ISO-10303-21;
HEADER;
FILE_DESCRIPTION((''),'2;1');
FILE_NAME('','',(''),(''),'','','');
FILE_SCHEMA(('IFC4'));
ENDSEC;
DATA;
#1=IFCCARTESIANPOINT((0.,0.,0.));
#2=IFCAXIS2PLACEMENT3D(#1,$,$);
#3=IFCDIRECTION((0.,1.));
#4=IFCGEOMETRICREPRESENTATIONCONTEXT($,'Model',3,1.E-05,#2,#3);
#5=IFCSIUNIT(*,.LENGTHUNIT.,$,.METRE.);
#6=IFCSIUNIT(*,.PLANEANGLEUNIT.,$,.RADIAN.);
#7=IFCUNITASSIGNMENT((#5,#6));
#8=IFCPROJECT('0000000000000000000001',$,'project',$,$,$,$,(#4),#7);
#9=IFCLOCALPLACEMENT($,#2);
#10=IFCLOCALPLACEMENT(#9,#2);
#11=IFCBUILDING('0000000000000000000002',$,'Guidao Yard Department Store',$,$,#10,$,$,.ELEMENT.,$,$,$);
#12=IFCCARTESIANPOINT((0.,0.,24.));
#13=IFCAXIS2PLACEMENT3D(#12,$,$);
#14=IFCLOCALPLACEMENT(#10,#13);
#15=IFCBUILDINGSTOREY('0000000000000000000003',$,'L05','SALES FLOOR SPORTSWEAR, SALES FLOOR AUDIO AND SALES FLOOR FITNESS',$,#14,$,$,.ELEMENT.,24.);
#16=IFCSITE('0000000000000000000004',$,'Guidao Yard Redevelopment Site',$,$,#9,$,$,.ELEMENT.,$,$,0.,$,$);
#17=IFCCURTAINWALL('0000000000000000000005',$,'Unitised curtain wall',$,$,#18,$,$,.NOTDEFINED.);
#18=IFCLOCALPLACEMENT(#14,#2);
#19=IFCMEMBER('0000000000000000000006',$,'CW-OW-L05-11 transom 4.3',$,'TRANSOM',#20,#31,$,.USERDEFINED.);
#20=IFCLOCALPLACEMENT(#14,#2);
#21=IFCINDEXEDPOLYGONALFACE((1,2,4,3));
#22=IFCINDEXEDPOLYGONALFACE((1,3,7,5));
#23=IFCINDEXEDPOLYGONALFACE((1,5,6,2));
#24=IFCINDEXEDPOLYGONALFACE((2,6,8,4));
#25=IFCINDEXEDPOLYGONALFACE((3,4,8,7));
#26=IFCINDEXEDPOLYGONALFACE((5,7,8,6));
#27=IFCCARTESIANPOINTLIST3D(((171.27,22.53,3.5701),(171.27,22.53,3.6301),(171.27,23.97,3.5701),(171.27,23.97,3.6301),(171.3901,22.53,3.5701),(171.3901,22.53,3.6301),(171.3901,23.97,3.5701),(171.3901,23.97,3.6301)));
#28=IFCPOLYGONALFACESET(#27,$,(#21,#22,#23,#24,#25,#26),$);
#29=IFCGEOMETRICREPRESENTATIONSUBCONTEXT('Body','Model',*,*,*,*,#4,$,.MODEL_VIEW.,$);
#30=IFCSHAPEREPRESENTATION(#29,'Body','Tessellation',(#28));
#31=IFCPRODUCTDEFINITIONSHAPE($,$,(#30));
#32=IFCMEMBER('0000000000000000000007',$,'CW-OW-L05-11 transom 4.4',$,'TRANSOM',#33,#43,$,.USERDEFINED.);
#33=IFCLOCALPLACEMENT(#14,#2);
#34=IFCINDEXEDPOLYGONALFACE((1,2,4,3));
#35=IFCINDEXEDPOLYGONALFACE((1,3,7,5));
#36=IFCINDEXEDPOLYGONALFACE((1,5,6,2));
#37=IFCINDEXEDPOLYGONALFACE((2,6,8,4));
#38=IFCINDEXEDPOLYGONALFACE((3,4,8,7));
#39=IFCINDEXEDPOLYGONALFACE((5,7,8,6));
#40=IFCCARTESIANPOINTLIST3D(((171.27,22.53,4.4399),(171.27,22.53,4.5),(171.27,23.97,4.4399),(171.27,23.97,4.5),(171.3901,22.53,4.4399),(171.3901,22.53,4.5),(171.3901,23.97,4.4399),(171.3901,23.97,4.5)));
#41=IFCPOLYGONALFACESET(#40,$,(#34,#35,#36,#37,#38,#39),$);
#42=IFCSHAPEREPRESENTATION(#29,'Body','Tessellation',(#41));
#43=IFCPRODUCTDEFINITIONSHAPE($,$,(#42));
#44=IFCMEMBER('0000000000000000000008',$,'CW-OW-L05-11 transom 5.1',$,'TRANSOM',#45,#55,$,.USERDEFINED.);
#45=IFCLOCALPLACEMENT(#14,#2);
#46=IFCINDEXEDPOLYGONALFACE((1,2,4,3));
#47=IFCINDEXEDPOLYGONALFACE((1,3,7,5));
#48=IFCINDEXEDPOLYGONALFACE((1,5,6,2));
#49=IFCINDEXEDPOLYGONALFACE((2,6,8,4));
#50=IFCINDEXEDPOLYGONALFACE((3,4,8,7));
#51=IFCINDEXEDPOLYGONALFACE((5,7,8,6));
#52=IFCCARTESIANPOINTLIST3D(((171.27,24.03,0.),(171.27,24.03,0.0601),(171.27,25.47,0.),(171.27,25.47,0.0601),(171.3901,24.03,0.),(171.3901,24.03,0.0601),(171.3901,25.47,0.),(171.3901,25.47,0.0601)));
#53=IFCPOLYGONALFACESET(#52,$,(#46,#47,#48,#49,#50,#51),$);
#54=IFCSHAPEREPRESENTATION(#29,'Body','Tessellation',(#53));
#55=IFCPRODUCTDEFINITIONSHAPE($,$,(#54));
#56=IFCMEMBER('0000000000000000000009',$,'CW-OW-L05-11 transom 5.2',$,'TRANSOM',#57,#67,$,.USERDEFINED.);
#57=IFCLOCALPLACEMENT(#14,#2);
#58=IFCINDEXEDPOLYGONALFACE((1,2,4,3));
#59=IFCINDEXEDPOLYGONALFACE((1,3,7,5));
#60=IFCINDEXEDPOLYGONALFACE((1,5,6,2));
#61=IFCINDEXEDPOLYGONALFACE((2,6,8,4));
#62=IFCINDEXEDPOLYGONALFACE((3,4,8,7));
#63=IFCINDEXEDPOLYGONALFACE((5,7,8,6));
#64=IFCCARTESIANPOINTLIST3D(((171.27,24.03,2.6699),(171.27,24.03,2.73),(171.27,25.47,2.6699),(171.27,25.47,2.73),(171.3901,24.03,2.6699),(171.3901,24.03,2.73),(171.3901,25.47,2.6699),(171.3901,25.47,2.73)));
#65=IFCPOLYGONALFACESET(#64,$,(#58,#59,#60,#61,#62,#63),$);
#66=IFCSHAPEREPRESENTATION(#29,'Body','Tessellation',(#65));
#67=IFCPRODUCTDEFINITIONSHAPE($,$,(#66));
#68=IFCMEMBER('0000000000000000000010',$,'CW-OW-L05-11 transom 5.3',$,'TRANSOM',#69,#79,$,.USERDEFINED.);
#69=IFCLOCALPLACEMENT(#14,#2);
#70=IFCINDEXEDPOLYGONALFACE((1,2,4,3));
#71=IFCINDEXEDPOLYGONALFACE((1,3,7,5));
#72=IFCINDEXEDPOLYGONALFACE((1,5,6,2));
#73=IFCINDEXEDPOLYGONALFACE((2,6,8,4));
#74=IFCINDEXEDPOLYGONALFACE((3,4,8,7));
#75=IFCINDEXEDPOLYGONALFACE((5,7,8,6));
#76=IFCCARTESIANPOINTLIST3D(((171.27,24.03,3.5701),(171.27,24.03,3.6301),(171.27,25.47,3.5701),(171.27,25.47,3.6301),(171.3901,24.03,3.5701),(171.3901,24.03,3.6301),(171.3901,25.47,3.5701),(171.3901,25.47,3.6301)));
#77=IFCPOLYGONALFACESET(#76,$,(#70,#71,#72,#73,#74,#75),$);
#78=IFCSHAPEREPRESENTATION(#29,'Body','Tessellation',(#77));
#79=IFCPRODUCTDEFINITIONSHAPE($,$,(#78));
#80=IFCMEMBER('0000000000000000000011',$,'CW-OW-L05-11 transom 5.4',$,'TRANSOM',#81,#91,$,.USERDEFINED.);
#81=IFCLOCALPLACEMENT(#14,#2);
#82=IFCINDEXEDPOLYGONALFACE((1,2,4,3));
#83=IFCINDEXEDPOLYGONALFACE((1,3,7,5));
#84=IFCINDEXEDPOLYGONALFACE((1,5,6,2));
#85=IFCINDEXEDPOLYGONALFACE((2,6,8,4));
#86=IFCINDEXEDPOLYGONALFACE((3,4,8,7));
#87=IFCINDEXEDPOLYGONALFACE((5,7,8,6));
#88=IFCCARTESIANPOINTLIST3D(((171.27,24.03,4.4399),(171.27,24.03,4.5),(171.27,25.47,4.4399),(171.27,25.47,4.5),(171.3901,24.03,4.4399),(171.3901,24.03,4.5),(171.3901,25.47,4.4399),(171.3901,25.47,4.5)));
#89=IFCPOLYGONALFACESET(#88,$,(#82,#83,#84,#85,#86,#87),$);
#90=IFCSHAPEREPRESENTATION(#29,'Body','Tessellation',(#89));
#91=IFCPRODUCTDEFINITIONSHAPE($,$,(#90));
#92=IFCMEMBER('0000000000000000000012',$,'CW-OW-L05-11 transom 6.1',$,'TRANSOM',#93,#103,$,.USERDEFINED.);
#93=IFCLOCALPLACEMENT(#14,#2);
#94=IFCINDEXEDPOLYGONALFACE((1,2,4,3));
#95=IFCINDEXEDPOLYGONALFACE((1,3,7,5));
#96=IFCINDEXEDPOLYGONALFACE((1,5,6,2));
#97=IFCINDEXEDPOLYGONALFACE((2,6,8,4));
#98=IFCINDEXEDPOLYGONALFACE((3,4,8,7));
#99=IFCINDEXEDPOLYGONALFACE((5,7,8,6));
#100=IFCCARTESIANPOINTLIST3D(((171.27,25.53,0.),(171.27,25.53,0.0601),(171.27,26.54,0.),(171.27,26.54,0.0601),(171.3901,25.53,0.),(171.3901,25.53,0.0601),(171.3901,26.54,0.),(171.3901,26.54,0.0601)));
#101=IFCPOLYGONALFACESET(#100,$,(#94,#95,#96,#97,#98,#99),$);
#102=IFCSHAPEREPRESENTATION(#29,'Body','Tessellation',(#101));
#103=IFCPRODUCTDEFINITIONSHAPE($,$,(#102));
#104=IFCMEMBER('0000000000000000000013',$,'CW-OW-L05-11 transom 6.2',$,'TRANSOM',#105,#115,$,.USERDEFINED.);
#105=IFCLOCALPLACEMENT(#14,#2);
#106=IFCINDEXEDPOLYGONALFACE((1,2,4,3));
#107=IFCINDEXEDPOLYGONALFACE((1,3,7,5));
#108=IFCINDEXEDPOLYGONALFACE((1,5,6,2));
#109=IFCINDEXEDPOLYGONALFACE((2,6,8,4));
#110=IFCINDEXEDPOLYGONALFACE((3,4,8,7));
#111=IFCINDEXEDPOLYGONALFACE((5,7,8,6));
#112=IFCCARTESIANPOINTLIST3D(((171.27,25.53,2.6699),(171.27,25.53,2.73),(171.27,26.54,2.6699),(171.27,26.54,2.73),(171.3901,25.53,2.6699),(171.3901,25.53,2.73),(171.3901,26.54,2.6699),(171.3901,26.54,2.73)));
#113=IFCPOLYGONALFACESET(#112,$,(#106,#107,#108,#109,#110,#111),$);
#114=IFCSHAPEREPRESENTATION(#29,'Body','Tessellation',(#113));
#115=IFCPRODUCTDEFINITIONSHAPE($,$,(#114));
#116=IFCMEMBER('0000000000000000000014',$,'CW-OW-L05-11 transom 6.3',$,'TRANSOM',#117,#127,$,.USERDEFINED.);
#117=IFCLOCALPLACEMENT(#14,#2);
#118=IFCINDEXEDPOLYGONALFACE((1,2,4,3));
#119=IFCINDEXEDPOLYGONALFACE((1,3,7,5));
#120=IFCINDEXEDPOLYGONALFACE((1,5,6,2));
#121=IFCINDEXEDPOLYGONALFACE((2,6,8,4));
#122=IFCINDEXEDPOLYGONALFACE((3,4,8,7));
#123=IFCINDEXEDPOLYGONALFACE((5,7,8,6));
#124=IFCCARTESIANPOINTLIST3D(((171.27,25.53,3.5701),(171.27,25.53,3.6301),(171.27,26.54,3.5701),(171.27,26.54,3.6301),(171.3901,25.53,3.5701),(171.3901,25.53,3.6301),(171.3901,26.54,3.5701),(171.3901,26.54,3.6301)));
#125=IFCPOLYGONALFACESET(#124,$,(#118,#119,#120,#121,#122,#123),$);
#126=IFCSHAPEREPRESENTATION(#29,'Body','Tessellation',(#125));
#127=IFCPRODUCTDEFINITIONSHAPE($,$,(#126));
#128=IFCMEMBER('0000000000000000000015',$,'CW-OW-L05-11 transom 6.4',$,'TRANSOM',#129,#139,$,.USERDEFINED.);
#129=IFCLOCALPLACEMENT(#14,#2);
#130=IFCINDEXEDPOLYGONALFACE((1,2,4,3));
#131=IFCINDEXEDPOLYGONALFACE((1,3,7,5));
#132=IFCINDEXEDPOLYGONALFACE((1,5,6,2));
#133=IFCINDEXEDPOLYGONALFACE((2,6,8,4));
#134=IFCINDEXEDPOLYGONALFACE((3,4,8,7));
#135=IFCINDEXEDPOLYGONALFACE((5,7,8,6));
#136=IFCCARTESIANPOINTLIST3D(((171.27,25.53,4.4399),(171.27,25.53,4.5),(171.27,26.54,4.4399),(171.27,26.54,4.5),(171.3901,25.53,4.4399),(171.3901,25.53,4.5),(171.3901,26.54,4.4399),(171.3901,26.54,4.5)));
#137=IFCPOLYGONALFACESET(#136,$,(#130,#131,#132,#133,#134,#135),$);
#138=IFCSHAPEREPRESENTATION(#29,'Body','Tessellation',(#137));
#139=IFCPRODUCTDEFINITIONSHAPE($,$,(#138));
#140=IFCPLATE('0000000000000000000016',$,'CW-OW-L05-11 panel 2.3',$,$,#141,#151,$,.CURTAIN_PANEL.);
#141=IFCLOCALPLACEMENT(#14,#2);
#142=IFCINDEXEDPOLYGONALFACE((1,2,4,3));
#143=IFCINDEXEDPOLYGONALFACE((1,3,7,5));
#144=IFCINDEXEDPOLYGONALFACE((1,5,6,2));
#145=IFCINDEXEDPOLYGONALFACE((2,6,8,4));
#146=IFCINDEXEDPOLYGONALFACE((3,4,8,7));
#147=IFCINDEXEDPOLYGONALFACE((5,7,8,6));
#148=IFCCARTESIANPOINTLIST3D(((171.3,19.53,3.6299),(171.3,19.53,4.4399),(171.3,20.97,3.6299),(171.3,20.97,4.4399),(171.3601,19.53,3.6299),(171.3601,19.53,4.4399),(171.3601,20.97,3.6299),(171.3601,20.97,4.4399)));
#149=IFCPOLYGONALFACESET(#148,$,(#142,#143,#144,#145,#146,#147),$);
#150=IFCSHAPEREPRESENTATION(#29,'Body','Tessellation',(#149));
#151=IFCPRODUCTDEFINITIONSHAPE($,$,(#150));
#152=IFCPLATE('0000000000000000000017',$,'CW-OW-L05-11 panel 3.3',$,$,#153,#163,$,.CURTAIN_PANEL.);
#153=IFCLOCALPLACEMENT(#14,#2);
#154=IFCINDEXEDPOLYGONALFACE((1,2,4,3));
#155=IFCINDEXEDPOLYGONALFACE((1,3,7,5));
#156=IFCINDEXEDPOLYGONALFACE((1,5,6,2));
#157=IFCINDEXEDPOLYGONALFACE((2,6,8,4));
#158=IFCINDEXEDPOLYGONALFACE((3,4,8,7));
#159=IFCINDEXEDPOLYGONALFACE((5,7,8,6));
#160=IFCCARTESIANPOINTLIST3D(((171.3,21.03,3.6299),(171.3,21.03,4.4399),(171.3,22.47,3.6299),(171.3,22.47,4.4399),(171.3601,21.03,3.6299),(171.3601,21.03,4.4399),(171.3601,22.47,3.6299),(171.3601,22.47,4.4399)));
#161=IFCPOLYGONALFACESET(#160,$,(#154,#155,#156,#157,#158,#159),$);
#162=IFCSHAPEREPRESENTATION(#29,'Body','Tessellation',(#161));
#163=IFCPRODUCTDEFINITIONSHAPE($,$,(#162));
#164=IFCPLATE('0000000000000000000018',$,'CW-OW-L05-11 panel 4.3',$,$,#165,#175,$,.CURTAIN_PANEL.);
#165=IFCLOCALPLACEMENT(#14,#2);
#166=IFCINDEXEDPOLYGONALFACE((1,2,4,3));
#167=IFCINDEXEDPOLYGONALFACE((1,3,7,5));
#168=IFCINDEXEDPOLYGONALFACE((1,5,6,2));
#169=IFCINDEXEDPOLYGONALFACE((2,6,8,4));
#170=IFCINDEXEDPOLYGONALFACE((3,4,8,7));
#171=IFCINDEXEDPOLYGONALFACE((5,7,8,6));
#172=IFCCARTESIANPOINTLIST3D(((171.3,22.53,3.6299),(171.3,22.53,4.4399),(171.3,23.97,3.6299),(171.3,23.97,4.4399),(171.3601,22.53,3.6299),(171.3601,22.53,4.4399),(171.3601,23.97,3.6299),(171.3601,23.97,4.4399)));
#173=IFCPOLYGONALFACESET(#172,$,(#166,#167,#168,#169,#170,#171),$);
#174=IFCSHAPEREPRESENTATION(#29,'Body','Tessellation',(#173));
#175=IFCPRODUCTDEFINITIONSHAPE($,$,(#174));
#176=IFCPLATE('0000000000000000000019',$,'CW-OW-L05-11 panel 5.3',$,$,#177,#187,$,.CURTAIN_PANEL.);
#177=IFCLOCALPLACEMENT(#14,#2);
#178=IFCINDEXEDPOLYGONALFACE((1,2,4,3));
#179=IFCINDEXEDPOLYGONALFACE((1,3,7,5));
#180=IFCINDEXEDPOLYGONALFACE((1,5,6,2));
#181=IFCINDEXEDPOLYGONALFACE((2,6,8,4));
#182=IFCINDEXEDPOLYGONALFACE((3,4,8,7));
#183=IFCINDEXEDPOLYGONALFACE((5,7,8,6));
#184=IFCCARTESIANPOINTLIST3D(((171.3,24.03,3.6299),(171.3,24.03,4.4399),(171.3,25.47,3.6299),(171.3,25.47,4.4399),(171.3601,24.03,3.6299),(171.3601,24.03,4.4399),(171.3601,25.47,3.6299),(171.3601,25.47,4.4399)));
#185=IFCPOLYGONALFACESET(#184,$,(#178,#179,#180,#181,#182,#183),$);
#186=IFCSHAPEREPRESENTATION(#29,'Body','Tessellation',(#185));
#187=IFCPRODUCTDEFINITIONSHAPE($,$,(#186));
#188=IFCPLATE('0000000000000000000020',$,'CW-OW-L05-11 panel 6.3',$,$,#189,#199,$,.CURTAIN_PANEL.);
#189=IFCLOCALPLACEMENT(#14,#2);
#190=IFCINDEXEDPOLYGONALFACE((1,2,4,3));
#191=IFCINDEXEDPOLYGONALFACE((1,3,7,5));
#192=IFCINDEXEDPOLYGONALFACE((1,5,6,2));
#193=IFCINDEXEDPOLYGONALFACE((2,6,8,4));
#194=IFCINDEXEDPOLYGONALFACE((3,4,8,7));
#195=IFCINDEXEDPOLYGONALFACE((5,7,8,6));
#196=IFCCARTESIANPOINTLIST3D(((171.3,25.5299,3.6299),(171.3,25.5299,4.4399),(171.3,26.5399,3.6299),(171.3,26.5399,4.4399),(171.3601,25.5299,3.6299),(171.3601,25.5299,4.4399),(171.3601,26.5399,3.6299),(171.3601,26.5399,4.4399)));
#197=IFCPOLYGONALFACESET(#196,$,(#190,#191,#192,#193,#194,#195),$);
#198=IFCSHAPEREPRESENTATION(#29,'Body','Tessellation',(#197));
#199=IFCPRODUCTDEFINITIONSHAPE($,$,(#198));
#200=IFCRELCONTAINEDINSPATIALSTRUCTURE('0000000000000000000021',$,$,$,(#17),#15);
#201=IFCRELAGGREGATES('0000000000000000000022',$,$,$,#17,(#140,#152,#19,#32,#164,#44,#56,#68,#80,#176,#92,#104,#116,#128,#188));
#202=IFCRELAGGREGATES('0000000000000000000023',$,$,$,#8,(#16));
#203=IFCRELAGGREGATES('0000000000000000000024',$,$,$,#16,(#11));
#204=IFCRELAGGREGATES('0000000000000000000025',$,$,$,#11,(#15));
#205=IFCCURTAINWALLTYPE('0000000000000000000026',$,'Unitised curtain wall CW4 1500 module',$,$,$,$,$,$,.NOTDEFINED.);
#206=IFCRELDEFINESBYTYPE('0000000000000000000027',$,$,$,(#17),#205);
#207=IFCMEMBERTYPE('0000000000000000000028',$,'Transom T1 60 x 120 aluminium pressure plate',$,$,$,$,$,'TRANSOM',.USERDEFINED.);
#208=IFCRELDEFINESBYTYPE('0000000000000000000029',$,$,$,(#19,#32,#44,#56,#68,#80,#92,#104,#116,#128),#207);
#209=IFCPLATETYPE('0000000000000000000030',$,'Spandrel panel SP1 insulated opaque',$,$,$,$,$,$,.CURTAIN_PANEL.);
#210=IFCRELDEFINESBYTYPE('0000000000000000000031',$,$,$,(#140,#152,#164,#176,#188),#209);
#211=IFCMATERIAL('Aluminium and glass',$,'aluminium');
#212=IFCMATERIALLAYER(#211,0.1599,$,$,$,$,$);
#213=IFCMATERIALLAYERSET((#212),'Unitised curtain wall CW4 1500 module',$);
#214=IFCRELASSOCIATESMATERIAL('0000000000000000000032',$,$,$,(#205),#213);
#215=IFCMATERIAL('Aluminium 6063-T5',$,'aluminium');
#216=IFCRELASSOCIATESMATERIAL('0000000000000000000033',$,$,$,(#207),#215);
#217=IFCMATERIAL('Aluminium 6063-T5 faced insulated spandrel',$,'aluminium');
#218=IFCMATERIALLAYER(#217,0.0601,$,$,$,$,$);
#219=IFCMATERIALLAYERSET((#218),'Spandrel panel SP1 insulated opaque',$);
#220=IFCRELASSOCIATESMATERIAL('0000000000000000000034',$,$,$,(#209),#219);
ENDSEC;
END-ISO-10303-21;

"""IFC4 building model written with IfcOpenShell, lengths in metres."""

from ifc_helpers import new_model, si_unit, direction, frame, origin, origin_2d, place, context, subcontext, project, spatial, rectangle, extrude, material, layer, layer_set, material_profile, profile_set, type_object, element, aggregate, save


model = new_model("IFC4")

# Units and contexts
model_context = context("Model", 3, precision=1e-05, world=origin(), true_north=direction((0.0, 1.0)))
body_context = subcontext(model_context, "Body", "Model", "MODEL_VIEW")
ifc_project = project(units=[si_unit("LENGTHUNIT", "METRE"), si_unit("PLANEANGLEUNIT", "RADIAN")], contexts=[model_context])

# Site, building, storey
site_placement = place(None, origin())
site = spatial("IfcSite", under=ifc_project, at=site_placement, Name="Guidao Yard Redevelopment Site", CompositionType="ELEMENT", RefElevation=0.0)
building_placement = place(site_placement, origin())
building = spatial("IfcBuilding", under=site, at=building_placement, Name="Guidao Yard Department Store", CompositionType="ELEMENT")
storey_placement = place(building_placement, frame((0.0, 0.0, 24.0)))
storey = spatial("IfcBuildingStorey", under=building, at=storey_placement, Name="L05", Description="SALES FLOOR SPORTSWEAR, SALES FLOOR AUDIO AND SALES FLOOR FITNESS", CompositionType="ELEMENT", Elevation=24.0)

# Curtain wall, members, plates
ifc_material_1 = material(Name="Aluminium and glass", Category="aluminium")
ifc_layer_1 = layer(ifc_material_1, 0.1599)
ifc_layer_set_1 = layer_set([ifc_layer_1], Name="Unitised curtain wall CW4 1500 module")
curtain_wall_type = type_object("IfcCurtainWallType", Name="Unitised curtain wall CW4 1500 module", PredefinedType="NOTDEFINED", material=ifc_layer_set_1)
curtain_wall_placement = place(storey_placement, origin())
curtain_wall = element("IfcCurtainWall", 1, at=curtain_wall_placement, inside=storey, type_object=curtain_wall_type, Name="Unitised curtain wall", PredefinedType="NOTDEFINED")
ifc_material_2 = material(Name="Aluminium 6063-T5", Category="aluminium")
ifc_material_profile_1 = material_profile(ifc_material_2, rectangle(XDim=0.1201, YDim=0.0601, at=origin_2d()), Name="Transom T1 60 x 120 aluminium pressure plate")
ifc_profile_set_1 = profile_set([ifc_material_profile_1], Name="Aluminium 6063-T5")
member_type_1 = type_object("IfcMemberType", Name="Transom T1 60 x 120 aluminium pressure plate", ElementType="TRANSOM", PredefinedType="USERDEFINED", material=ifc_profile_set_1)
member_1_placement = place(storey_placement, frame((171.3301, 23.97, 3.6001), z_axis=(0.0, -1.0, 0.0), x_axis=(1.0, 0.0, 0.0)))
member_1 = element("IfcMember", 2, at=member_1_placement, type_object=member_type_1, Name="CW-OW-L05-11 transom 4.3", ObjectType="TRANSOM", PredefinedType="USERDEFINED", context=body_context, shape_type="SweptSolid", body=[
    extrude(rectangle(XDim=0.1201, YDim=0.0601, at=origin_2d()), origin(), (0.0, 0.0, 1.0), 1.4399),
])
member_2_placement = place(storey_placement, frame((171.3301, 23.97, 4.47), z_axis=(0.0, -1.0, 0.0), x_axis=(1.0, 0.0, 0.0)))
member_2 = element("IfcMember", 3, at=member_2_placement, type_object=member_type_1, Name="CW-OW-L05-11 transom 4.4", ObjectType="TRANSOM", PredefinedType="USERDEFINED", context=body_context, shape_type="SweptSolid", body=[
    extrude(rectangle(XDim=0.1201, YDim=0.0601, at=origin_2d()), origin(), (0.0, 0.0, 1.0), 1.4399),
])
member_3_placement = place(storey_placement, frame((171.3301, 25.47, 0.03), z_axis=(0.0, -1.0, 0.0), x_axis=(1.0, 0.0, 0.0)))
member_3 = element("IfcMember", 4, at=member_3_placement, type_object=member_type_1, Name="CW-OW-L05-11 transom 5.1", ObjectType="TRANSOM", PredefinedType="USERDEFINED", context=body_context, shape_type="SweptSolid", body=[
    extrude(rectangle(XDim=0.1201, YDim=0.0601, at=origin_2d()), origin(), (0.0, 0.0, 1.0), 1.4399),
])
member_4_placement = place(storey_placement, frame((171.3301, 25.47, 2.7), z_axis=(0.0, -1.0, 0.0), x_axis=(1.0, 0.0, 0.0)))
member_4 = element("IfcMember", 5, at=member_4_placement, type_object=member_type_1, Name="CW-OW-L05-11 transom 5.2", ObjectType="TRANSOM", PredefinedType="USERDEFINED", context=body_context, shape_type="SweptSolid", body=[
    extrude(rectangle(XDim=0.1201, YDim=0.0601, at=origin_2d()), origin(), (0.0, 0.0, 1.0), 1.4399),
])
member_5_placement = place(storey_placement, frame((171.3301, 25.47, 3.6001), z_axis=(0.0, -1.0, 0.0), x_axis=(1.0, 0.0, 0.0)))
member_5 = element("IfcMember", 6, at=member_5_placement, type_object=member_type_1, Name="CW-OW-L05-11 transom 5.3", ObjectType="TRANSOM", PredefinedType="USERDEFINED", context=body_context, shape_type="SweptSolid", body=[
    extrude(rectangle(XDim=0.1201, YDim=0.0601, at=origin_2d()), origin(), (0.0, 0.0, 1.0), 1.4399),
])
member_6_placement = place(storey_placement, frame((171.3301, 25.47, 4.47), z_axis=(0.0, -1.0, 0.0), x_axis=(1.0, 0.0, 0.0)))
member_6 = element("IfcMember", 7, at=member_6_placement, type_object=member_type_1, Name="CW-OW-L05-11 transom 5.4", ObjectType="TRANSOM", PredefinedType="USERDEFINED", context=body_context, shape_type="SweptSolid", body=[
    extrude(rectangle(XDim=0.1201, YDim=0.0601, at=origin_2d()), origin(), (0.0, 0.0, 1.0), 1.4399),
])
member_7_placement = place(storey_placement, frame((171.3301, 26.54, 0.03), z_axis=(0.0, -1.0, 0.0), x_axis=(1.0, 0.0, 0.0)))
member_7 = element("IfcMember", 8, at=member_7_placement, type_object=member_type_1, Name="CW-OW-L05-11 transom 6.1", ObjectType="TRANSOM", PredefinedType="USERDEFINED", context=body_context, shape_type="SweptSolid", body=[
    extrude(rectangle(XDim=0.1201, YDim=0.0601, at=origin_2d()), origin(), (0.0, 0.0, 1.0), 1.01),
])
member_8_placement = place(storey_placement, frame((171.3301, 26.54, 2.7), z_axis=(0.0, -1.0, 0.0), x_axis=(1.0, 0.0, 0.0)))
member_8 = element("IfcMember", 9, at=member_8_placement, type_object=member_type_1, Name="CW-OW-L05-11 transom 6.2", ObjectType="TRANSOM", PredefinedType="USERDEFINED", context=body_context, shape_type="SweptSolid", body=[
    extrude(rectangle(XDim=0.1201, YDim=0.0601, at=origin_2d()), origin(), (0.0, 0.0, 1.0), 1.01),
])
member_9_placement = place(storey_placement, frame((171.3301, 26.54, 3.6001), z_axis=(0.0, -1.0, 0.0), x_axis=(1.0, 0.0, 0.0)))
member_9 = element("IfcMember", 10, at=member_9_placement, type_object=member_type_1, Name="CW-OW-L05-11 transom 6.3", ObjectType="TRANSOM", PredefinedType="USERDEFINED", context=body_context, shape_type="SweptSolid", body=[
    extrude(rectangle(XDim=0.1201, YDim=0.0601, at=origin_2d()), origin(), (0.0, 0.0, 1.0), 1.01),
])
member_10_placement = place(storey_placement, frame((171.3301, 26.54, 4.47), z_axis=(0.0, -1.0, 0.0), x_axis=(1.0, 0.0, 0.0)))
member_10 = element("IfcMember", 11, at=member_10_placement, type_object=member_type_1, Name="CW-OW-L05-11 transom 6.4", ObjectType="TRANSOM", PredefinedType="USERDEFINED", context=body_context, shape_type="SweptSolid", body=[
    extrude(rectangle(XDim=0.1201, YDim=0.0601, at=origin_2d()), origin(), (0.0, 0.0, 1.0), 1.01),
])
ifc_material_3 = material(Name="Aluminium 6063-T5 faced insulated spandrel", Category="aluminium")
ifc_layer_2 = layer(ifc_material_3, 0.0601)
ifc_layer_set_2 = layer_set([ifc_layer_2], Name="Spandrel panel SP1 insulated opaque")
plate_type_1 = type_object("IfcPlateType", Name="Spandrel panel SP1 insulated opaque", PredefinedType="CURTAIN_PANEL", material=ifc_layer_set_2)
plate_1_placement = place(storey_placement, frame((171.3301, 20.25, 3.6299), z_axis=(0.0, 0.0, 1.0), x_axis=(0.0, -1.0, 0.0)))
plate_1 = element("IfcPlate", 12, at=plate_1_placement, type_object=plate_type_1, Name="CW-OW-L05-11 panel 2.3", PredefinedType="CURTAIN_PANEL", context=body_context, shape_type="SweptSolid", body=[
    extrude(rectangle(XDim=1.4399, YDim=0.0601, at=origin_2d()), origin(), (0.0, 0.0, 1.0), 0.8101),
])
plate_2_placement = place(storey_placement, frame((171.3301, 21.75, 3.6299), z_axis=(0.0, 0.0, 1.0), x_axis=(0.0, -1.0, 0.0)))
plate_2 = element("IfcPlate", 13, at=plate_2_placement, type_object=plate_type_1, Name="CW-OW-L05-11 panel 3.3", PredefinedType="CURTAIN_PANEL", context=body_context, shape_type="SweptSolid", body=[
    extrude(rectangle(XDim=1.4399, YDim=0.0601, at=origin_2d()), origin(), (0.0, 0.0, 1.0), 0.8101),
])
plate_3_placement = place(storey_placement, frame((171.3301, 23.25, 3.6299), z_axis=(0.0, 0.0, 1.0), x_axis=(0.0, -1.0, 0.0)))
plate_3 = element("IfcPlate", 14, at=plate_3_placement, type_object=plate_type_1, Name="CW-OW-L05-11 panel 4.3", PredefinedType="CURTAIN_PANEL", context=body_context, shape_type="SweptSolid", body=[
    extrude(rectangle(XDim=1.4399, YDim=0.0601, at=origin_2d()), origin(), (0.0, 0.0, 1.0), 0.8101),
])
plate_4_placement = place(storey_placement, frame((171.3301, 24.75, 3.6299), z_axis=(0.0, 0.0, 1.0), x_axis=(0.0, -1.0, 0.0)))
plate_4 = element("IfcPlate", 15, at=plate_4_placement, type_object=plate_type_1, Name="CW-OW-L05-11 panel 5.3", PredefinedType="CURTAIN_PANEL", context=body_context, shape_type="SweptSolid", body=[
    extrude(rectangle(XDim=1.4399, YDim=0.0601, at=origin_2d()), origin(), (0.0, 0.0, 1.0), 0.8101),
])
plate_5_placement = place(storey_placement, frame((171.3301, 26.0349, 3.6299), z_axis=(0.0, 0.0, 1.0), x_axis=(0.0, -1.0, 0.0)))
plate_5 = element("IfcPlate", 16, at=plate_5_placement, type_object=plate_type_1, Name="CW-OW-L05-11 panel 6.3", PredefinedType="CURTAIN_PANEL", context=body_context, shape_type="SweptSolid", body=[
    extrude(rectangle(XDim=1.01, YDim=0.0601, at=origin_2d()), origin(), (0.0, 0.0, 1.0), 0.8101),
])
aggregate(curtain_wall, [plate_1, plate_2, member_1, member_2, plate_3, member_3, member_4, member_5, member_6, plate_4, member_7, member_8, member_9, member_10, plate_5])

save(model, "model.ifc")
